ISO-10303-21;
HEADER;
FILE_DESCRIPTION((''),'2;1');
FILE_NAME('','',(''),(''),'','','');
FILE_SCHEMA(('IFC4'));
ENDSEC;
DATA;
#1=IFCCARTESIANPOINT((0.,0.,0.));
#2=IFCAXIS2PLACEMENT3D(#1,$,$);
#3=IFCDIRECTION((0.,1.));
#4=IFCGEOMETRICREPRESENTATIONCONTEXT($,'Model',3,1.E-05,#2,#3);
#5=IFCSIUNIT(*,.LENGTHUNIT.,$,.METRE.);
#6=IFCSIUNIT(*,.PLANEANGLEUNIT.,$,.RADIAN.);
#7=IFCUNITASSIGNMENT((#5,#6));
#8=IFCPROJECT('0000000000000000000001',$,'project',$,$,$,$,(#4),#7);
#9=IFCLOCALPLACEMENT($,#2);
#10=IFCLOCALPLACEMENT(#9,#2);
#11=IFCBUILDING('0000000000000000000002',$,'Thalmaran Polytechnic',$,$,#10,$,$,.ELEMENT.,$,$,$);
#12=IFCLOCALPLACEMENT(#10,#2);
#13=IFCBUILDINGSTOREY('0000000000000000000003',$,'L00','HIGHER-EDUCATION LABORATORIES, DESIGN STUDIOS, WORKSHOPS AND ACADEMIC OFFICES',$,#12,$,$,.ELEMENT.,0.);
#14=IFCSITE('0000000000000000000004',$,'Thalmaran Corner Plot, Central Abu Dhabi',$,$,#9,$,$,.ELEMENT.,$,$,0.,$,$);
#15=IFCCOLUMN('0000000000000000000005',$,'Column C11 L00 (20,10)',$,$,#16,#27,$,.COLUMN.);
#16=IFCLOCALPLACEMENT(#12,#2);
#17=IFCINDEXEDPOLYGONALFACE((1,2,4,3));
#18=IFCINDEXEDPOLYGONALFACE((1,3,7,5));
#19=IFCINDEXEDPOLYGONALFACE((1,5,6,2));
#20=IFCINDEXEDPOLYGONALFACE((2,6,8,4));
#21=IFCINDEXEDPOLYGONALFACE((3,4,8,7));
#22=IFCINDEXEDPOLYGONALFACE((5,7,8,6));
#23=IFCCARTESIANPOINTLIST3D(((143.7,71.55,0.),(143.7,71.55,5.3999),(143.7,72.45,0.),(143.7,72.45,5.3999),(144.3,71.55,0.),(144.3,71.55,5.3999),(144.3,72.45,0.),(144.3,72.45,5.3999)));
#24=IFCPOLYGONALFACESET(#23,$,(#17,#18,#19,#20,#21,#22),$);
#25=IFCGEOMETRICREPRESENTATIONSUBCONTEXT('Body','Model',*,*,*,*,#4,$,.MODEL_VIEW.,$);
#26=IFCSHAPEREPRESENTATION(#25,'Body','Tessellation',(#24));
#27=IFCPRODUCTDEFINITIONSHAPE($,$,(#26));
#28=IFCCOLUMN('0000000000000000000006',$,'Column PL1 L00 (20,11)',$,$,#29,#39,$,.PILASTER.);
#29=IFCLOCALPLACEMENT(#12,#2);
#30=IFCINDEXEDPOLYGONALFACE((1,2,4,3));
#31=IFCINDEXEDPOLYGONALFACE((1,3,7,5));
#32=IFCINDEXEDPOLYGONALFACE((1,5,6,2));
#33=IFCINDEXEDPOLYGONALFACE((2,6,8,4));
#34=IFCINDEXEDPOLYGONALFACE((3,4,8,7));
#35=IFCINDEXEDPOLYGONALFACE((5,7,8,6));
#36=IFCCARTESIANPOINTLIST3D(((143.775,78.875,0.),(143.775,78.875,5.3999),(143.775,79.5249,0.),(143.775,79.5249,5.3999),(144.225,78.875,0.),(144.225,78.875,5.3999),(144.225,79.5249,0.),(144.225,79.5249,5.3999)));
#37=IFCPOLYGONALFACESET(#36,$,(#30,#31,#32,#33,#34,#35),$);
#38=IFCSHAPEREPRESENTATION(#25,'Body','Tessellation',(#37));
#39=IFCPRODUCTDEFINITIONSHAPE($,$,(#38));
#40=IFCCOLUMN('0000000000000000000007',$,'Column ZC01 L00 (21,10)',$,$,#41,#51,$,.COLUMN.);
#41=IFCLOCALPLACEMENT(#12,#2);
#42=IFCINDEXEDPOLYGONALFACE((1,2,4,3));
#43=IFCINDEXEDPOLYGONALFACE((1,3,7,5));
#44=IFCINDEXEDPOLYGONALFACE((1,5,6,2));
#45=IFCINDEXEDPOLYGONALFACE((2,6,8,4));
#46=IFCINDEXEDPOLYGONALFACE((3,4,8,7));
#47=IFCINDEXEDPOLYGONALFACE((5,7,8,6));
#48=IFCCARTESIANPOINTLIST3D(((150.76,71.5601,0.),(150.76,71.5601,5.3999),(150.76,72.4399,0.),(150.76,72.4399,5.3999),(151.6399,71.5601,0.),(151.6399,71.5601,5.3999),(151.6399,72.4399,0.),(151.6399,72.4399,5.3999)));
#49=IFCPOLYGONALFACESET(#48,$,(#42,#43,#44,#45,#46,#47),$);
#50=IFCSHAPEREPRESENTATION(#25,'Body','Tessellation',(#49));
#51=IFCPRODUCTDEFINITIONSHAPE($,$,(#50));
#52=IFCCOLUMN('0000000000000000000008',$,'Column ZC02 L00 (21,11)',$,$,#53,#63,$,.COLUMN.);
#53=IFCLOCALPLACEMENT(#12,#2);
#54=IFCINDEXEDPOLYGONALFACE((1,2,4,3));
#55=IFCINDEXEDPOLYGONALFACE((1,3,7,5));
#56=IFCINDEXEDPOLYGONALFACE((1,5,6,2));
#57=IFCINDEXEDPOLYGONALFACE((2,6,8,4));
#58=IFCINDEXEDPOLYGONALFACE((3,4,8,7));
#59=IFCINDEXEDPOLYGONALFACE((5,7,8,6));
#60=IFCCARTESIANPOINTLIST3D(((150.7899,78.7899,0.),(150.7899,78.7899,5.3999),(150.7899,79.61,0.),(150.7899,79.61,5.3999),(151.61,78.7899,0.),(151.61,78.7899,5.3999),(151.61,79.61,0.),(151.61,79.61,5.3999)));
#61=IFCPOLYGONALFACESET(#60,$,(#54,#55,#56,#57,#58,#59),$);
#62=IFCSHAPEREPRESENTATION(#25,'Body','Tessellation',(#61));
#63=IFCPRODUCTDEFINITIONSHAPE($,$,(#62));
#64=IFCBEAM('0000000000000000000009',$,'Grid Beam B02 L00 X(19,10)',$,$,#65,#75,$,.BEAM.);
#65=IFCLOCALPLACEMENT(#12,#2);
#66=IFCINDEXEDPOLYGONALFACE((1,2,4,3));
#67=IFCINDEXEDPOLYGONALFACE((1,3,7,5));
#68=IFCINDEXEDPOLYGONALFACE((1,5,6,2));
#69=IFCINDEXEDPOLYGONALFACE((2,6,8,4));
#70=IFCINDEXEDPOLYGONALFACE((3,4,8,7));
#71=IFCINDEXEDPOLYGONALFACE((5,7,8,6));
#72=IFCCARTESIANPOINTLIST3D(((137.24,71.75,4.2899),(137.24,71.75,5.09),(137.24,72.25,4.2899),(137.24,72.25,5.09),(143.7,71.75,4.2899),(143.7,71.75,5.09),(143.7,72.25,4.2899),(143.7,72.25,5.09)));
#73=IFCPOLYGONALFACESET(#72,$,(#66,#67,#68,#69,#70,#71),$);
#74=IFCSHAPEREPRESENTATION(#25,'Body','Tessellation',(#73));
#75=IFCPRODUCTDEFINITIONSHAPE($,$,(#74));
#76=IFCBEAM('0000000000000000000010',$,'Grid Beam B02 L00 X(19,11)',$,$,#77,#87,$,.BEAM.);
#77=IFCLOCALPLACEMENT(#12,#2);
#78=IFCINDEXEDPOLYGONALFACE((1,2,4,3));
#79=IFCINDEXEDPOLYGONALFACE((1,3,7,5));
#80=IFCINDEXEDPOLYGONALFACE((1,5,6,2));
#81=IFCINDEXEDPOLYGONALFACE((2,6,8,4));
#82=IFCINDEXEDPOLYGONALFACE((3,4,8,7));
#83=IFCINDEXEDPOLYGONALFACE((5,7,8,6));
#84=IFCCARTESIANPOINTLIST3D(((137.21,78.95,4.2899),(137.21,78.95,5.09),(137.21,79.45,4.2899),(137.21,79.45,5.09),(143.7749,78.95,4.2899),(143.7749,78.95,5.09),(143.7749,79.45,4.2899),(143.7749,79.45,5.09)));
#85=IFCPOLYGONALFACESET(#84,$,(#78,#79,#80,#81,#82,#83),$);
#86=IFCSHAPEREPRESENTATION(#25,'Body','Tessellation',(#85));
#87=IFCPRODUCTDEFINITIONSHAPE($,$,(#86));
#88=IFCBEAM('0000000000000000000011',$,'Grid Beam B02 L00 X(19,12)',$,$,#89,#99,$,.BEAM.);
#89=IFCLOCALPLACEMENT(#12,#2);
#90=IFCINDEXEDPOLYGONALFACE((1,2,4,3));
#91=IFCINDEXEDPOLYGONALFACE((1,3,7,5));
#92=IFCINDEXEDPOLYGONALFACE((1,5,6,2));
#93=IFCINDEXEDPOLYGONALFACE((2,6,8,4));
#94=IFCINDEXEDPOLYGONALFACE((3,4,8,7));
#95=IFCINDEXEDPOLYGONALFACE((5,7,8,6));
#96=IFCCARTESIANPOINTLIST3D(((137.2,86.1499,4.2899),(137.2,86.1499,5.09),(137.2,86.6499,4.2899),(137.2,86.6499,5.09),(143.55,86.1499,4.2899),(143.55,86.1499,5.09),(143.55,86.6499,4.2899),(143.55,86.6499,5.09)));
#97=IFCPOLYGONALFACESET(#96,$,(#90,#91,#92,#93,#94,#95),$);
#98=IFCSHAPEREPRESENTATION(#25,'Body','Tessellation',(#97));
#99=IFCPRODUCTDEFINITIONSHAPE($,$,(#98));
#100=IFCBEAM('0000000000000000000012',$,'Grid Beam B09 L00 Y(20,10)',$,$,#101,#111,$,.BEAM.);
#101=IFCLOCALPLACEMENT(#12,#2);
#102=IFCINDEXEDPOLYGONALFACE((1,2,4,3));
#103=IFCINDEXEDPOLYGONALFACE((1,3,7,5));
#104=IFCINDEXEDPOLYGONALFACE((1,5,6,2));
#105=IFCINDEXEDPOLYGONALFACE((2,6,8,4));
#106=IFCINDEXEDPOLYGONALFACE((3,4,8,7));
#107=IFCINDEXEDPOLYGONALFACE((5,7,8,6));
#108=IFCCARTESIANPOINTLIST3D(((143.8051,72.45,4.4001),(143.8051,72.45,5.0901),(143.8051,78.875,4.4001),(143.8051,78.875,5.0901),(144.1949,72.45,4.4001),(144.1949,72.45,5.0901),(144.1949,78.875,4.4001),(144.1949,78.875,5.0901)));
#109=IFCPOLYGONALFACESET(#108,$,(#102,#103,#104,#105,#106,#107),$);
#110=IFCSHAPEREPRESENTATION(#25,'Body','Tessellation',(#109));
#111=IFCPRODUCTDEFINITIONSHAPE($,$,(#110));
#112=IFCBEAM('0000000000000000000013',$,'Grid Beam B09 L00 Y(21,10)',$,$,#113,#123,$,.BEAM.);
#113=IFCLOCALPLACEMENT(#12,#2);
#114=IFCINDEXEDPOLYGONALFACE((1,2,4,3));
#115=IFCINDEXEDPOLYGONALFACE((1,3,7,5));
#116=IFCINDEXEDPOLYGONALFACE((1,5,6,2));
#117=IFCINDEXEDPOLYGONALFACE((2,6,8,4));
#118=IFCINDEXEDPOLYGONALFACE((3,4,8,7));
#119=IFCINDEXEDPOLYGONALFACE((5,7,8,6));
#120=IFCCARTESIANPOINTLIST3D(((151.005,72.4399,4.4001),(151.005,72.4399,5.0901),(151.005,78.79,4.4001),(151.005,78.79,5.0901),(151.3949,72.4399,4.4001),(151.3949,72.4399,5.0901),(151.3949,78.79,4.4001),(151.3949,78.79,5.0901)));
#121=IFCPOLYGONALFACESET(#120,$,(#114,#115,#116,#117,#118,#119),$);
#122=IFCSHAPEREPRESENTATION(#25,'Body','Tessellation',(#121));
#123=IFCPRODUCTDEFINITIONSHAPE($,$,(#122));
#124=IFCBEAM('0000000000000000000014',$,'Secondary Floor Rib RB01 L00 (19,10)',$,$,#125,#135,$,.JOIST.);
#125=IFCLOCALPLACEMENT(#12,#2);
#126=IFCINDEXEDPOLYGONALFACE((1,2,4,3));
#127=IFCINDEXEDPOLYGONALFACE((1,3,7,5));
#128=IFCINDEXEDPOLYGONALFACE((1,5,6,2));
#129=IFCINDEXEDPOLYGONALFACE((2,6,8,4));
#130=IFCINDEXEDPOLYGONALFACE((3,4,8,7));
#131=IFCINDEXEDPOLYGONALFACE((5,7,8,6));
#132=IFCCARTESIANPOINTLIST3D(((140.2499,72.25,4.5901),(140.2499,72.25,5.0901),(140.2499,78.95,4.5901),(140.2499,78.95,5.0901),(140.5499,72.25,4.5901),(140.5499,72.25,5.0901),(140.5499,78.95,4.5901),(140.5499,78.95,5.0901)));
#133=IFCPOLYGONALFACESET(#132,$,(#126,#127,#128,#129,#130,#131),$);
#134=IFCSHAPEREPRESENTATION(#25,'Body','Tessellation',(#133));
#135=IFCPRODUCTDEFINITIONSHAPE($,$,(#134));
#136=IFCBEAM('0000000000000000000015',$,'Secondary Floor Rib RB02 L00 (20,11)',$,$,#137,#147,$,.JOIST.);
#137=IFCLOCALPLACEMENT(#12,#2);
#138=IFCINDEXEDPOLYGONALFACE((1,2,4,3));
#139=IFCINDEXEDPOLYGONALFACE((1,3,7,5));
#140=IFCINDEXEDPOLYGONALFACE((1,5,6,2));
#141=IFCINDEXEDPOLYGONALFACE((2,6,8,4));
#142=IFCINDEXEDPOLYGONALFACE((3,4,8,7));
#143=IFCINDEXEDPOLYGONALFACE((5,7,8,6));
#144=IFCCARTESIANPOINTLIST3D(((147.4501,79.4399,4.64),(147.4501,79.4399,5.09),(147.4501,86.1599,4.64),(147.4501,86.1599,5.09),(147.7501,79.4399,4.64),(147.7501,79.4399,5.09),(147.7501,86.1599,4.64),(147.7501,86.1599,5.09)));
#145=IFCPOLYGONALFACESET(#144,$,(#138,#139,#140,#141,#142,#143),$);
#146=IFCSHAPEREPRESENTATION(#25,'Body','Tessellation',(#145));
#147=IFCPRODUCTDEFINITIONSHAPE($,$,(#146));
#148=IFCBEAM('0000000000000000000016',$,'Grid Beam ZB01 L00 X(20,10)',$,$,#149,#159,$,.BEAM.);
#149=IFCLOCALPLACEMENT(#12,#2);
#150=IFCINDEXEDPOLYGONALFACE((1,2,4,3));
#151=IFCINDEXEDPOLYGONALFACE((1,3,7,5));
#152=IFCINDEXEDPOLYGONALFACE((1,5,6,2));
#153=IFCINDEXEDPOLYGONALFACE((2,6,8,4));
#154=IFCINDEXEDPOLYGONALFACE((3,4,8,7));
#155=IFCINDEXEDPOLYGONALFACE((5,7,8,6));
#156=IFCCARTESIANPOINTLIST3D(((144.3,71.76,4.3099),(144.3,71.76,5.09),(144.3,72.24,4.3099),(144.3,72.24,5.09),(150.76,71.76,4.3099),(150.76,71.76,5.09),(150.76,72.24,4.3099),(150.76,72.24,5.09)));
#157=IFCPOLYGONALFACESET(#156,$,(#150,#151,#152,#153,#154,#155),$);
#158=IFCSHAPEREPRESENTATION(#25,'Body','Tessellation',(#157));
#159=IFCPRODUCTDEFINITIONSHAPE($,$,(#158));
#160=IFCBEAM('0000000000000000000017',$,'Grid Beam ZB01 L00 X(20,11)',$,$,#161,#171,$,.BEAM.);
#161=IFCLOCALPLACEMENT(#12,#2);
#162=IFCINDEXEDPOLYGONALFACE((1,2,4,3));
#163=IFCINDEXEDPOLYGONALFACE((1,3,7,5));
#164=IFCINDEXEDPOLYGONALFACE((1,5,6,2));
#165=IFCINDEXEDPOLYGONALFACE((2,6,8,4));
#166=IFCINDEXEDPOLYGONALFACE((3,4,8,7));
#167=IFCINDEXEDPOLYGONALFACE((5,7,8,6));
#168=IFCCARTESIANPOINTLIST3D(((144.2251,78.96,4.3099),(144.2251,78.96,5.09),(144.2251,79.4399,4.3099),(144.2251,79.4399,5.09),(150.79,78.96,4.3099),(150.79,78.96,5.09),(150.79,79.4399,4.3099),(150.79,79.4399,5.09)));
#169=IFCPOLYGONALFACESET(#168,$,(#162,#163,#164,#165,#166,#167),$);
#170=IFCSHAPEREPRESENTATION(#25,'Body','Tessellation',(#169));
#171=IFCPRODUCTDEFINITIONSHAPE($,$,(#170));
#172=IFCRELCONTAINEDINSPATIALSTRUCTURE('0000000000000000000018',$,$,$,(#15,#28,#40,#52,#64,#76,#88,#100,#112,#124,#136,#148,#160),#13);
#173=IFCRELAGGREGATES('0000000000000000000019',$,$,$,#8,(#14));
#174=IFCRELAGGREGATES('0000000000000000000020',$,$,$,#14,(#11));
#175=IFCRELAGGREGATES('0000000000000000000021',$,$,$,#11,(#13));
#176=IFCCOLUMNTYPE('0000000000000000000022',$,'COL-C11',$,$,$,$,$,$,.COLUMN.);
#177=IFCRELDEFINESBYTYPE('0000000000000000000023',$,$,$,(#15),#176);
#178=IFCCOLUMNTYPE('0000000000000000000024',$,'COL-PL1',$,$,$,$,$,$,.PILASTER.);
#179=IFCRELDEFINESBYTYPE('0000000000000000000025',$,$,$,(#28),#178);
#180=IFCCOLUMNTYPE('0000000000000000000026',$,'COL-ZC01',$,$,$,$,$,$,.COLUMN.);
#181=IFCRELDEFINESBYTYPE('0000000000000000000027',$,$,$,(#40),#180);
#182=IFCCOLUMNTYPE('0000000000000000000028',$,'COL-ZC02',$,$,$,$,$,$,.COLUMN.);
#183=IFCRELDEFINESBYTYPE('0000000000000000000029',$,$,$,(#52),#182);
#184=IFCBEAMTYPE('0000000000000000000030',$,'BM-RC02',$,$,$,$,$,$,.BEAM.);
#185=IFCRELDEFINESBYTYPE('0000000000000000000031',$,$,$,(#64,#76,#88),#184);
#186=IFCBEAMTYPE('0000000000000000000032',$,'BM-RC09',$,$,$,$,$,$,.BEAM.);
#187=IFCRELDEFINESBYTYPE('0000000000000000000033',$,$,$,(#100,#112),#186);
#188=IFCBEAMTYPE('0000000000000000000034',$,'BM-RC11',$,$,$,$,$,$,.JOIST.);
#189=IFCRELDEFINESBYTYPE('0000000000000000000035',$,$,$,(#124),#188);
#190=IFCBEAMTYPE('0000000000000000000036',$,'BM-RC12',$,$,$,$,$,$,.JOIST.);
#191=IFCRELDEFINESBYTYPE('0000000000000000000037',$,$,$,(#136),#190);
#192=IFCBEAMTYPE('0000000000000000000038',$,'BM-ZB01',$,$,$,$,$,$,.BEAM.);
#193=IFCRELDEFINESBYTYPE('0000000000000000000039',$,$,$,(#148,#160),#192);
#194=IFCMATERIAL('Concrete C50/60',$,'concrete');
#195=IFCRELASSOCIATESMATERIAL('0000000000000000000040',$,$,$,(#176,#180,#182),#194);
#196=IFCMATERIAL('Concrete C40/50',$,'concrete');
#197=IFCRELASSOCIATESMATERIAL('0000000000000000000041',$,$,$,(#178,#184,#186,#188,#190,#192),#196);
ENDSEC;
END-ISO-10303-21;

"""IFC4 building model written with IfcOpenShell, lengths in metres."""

from ifc_helpers import new_model, si_unit, direction, frame, origin, origin_2d, place, context, subcontext, project, spatial, rectangle, extrude, material, material_profile, profile_set, type_object, element, save


model = new_model("IFC4")

# Units and contexts
model_context = context("Model", 3, precision=1e-05, world=origin(), true_north=direction((0.0, 1.0)))
body_context = subcontext(model_context, "Body", "Model", "MODEL_VIEW")
ifc_project = project(units=[si_unit("LENGTHUNIT", "METRE"), si_unit("PLANEANGLEUNIT", "RADIAN")], contexts=[model_context])

# Site, building, storey
site_placement = place(None, origin())
site = spatial("IfcSite", under=ifc_project, at=site_placement, Name="Thalmaran Corner Plot, Central Abu Dhabi", CompositionType="ELEMENT", RefElevation=0.0)
building_placement = place(site_placement, origin())
building = spatial("IfcBuilding", under=site, at=building_placement, Name="Thalmaran Polytechnic", CompositionType="ELEMENT")
storey_placement = place(building_placement, origin())
storey = spatial("IfcBuildingStorey", under=building, at=storey_placement, Name="L00", Description="HIGHER-EDUCATION LABORATORIES, DESIGN STUDIOS, WORKSHOPS AND ACADEMIC OFFICES", CompositionType="ELEMENT", Elevation=0.0)

# Columns
ifc_material_1 = material(Name="Concrete C50/60", Category="concrete")
ifc_material_profile_1 = material_profile(ifc_material_1, rectangle(XDim=0.6001, YDim=0.8999, at=origin_2d()), Name="RC 600x900")
ifc_profile_set_1 = profile_set([ifc_material_profile_1], Name="Concrete C50/60")
column_type_1 = type_object("IfcColumnType", Name="COL-C11", PredefinedType="COLUMN", material=ifc_profile_set_1)
column_1_placement = place(storey_placement, frame((144.0, 72.0, 0.0), z_axis=(0.0, 0.0, 1.0), x_axis=(1.0, 0.0, 0.0)))
element("IfcColumn", 1, at=column_1_placement, inside=storey, type_object=column_type_1, Name="Column C11 L00 (20,10)", PredefinedType="COLUMN", context=body_context, shape_type="SweptSolid", body=[
    extrude(rectangle(XDim=0.6001, YDim=0.8999, at=origin_2d()), origin(), (0.0, 0.0, 1.0), 5.3999),
])
ifc_material_2 = material(Name="Concrete C40/50", Category="concrete")
ifc_material_profile_2 = material_profile(ifc_material_2, rectangle(XDim=0.45, YDim=0.6499, at=origin_2d()), Name="RC 450x650")
ifc_profile_set_2 = profile_set([ifc_material_profile_2], Name="Concrete C40/50")
column_type_2 = type_object("IfcColumnType", Name="COL-PL1", PredefinedType="PILASTER", material=ifc_profile_set_2)
column_2_placement = place(storey_placement, frame((144.0, 79.2, 0.0), z_axis=(0.0, 0.0, 1.0), x_axis=(1.0, 0.0, 0.0)))
element("IfcColumn", 2, at=column_2_placement, inside=storey, type_object=column_type_2, Name="Column PL1 L00 (20,11)", PredefinedType="PILASTER", context=body_context, shape_type="SweptSolid", body=[
    extrude(rectangle(XDim=0.45, YDim=0.6499, at=origin_2d()), origin(), (0.0, 0.0, 1.0), 5.3999),
])
ifc_material_profile_3 = material_profile(ifc_material_1, rectangle(XDim=0.8799, YDim=0.8799, at=origin_2d()), Name="RC 880x880")
ifc_profile_set_3 = profile_set([ifc_material_profile_3], Name="Concrete C50/60")
column_type_3 = type_object("IfcColumnType", Name="COL-ZC01", PredefinedType="COLUMN", material=ifc_profile_set_3)
column_3_placement = place(storey_placement, frame((151.2, 72.0, 0.0), z_axis=(0.0, 0.0, 1.0), x_axis=(1.0, 0.0, 0.0)))
element("IfcColumn", 3, at=column_3_placement, inside=storey, type_object=column_type_3, Name="Column ZC01 L00 (21,10)", PredefinedType="COLUMN", context=body_context, shape_type="SweptSolid", body=[
    extrude(rectangle(XDim=0.8799, YDim=0.8799, at=origin_2d()), origin(), (0.0, 0.0, 1.0), 5.3999),
])
ifc_material_profile_4 = material_profile(ifc_material_1, rectangle(XDim=0.8201, YDim=0.8201, at=origin_2d()), Name="RC 820x820")
ifc_profile_set_4 = profile_set([ifc_material_profile_4], Name="Concrete C50/60")
column_type_4 = type_object("IfcColumnType", Name="COL-ZC02", PredefinedType="COLUMN", material=ifc_profile_set_4)
column_4_placement = place(storey_placement, frame((151.2, 79.2, 0.0), z_axis=(0.0, 0.0, 1.0), x_axis=(1.0, 0.0, 0.0)))
element("IfcColumn", 4, at=column_4_placement, inside=storey, type_object=column_type_4, Name="Column ZC02 L00 (21,11)", PredefinedType="COLUMN", context=body_context, shape_type="SweptSolid", body=[
    extrude(rectangle(XDim=0.8201, YDim=0.8201, at=origin_2d()), origin(), (0.0, 0.0, 1.0), 5.3999),
])

# Beams
ifc_material_profile_5 = material_profile(ifc_material_2, rectangle(XDim=0.5, YDim=0.8, at=origin_2d()), Name="RC 500x800")
ifc_profile_set_5 = profile_set([ifc_material_profile_5], Name="Concrete C40/50")
beam_type_1 = type_object("IfcBeamType", Name="BM-RC02", PredefinedType="BEAM", material=ifc_profile_set_5)
beam_1_placement = place(storey_placement, frame((137.24, 72.0, 4.6899), z_axis=(1.0, 0.0, 0.0), x_axis=(0.0, 1.0, 0.0)))
element("IfcBeam", 5, at=beam_1_placement, inside=storey, type_object=beam_type_1, Name="Grid Beam B02 L00 X(19,10)", PredefinedType="BEAM", context=body_context, shape_type="SweptSolid", body=[
    extrude(rectangle(XDim=0.5, YDim=0.8, at=origin_2d()), origin(), (0.0, 0.0, 1.0), 6.46),
])
beam_2_placement = place(storey_placement, frame((137.21, 79.2, 4.6899), z_axis=(1.0, 0.0, 0.0), x_axis=(0.0, 1.0, 0.0)))
element("IfcBeam", 6, at=beam_2_placement, inside=storey, type_object=beam_type_1, Name="Grid Beam B02 L00 X(19,11)", PredefinedType="BEAM", context=body_context, shape_type="SweptSolid", body=[
    extrude(rectangle(XDim=0.5, YDim=0.8, at=origin_2d()), origin(), (0.0, 0.0, 1.0), 6.5649),
])
beam_3_placement = place(storey_placement, frame((137.2, 86.3999, 4.6899), z_axis=(1.0, 0.0, 0.0), x_axis=(0.0, 1.0, 0.0)))
element("IfcBeam", 7, at=beam_3_placement, inside=storey, type_object=beam_type_1, Name="Grid Beam B02 L00 X(19,12)", PredefinedType="BEAM", context=body_context, shape_type="SweptSolid", body=[
    extrude(rectangle(XDim=0.5, YDim=0.8, at=origin_2d()), origin(), (0.0, 0.0, 1.0), 6.3501),
])
ifc_material_profile_6 = material_profile(ifc_material_2, rectangle(XDim=0.3899, YDim=0.6899, at=origin_2d()), Name="RC 390x690")
ifc_profile_set_6 = profile_set([ifc_material_profile_6], Name="Concrete C40/50")
beam_type_2 = type_object("IfcBeamType", Name="BM-RC09", PredefinedType="BEAM", material=ifc_profile_set_6)
beam_4_placement = place(storey_placement, frame((144.0, 72.45, 4.7451), z_axis=(0.0, 1.0, 0.0), x_axis=(-1.0, 0.0, 0.0)))
element("IfcBeam", 8, at=beam_4_placement, inside=storey, type_object=beam_type_2, Name="Grid Beam B09 L00 Y(20,10)", PredefinedType="BEAM", context=body_context, shape_type="SweptSolid", body=[
    extrude(rectangle(XDim=0.3899, YDim=0.6899, at=origin_2d()), origin(), (0.0, 0.0, 1.0), 6.425),
])
beam_5_placement = place(storey_placement, frame((151.2, 72.4399, 4.7451), z_axis=(0.0, 1.0, 0.0), x_axis=(-1.0, 0.0, 0.0)))
element("IfcBeam", 9, at=beam_5_placement, inside=storey, type_object=beam_type_2, Name="Grid Beam B09 L00 Y(21,10)", PredefinedType="BEAM", context=body_context, shape_type="SweptSolid", body=[
    extrude(rectangle(XDim=0.3899, YDim=0.6899, at=origin_2d()), origin(), (0.0, 0.0, 1.0), 6.3501),
])
ifc_material_profile_7 = material_profile(ifc_material_2, rectangle(XDim=0.3, YDim=0.5, at=origin_2d()), Name="RC 300x500")
ifc_profile_set_7 = profile_set([ifc_material_profile_7], Name="Concrete C40/50")
beam_type_3 = type_object("IfcBeamType", Name="BM-RC11", PredefinedType="JOIST", material=ifc_profile_set_7)
beam_6_placement = place(storey_placement, frame((140.3999, 72.25, 4.8401), z_axis=(0.0, 1.0, 0.0), x_axis=(-1.0, 0.0, 0.0)))
element("IfcBeam", 10, at=beam_6_placement, inside=storey, type_object=beam_type_3, Name="Secondary Floor Rib RB01 L00 (19,10)", PredefinedType="JOIST", context=body_context, shape_type="SweptSolid", body=[
    extrude(rectangle(XDim=0.3, YDim=0.5, at=origin_2d()), origin(), (0.0, 0.0, 1.0), 6.7),
])
ifc_material_profile_8 = material_profile(ifc_material_2, rectangle(XDim=0.3, YDim=0.45, at=origin_2d()), Name="RC 300x450")
ifc_profile_set_8 = profile_set([ifc_material_profile_8], Name="Concrete C40/50")
beam_type_4 = type_object("IfcBeamType", Name="BM-RC12", PredefinedType="JOIST", material=ifc_profile_set_8)
beam_7_placement = place(storey_placement, frame((147.6001, 79.4399, 4.865), z_axis=(0.0, 1.0, 0.0), x_axis=(-1.0, 0.0, 0.0)))
element("IfcBeam", 11, at=beam_7_placement, inside=storey, type_object=beam_type_4, Name="Secondary Floor Rib RB02 L00 (20,11)", PredefinedType="JOIST", context=body_context, shape_type="SweptSolid", body=[
    extrude(rectangle(XDim=0.3, YDim=0.45, at=origin_2d()), origin(), (0.0, 0.0, 1.0), 6.72),
])
ifc_material_profile_9 = material_profile(ifc_material_2, rectangle(XDim=0.48, YDim=0.78, at=origin_2d()), Name="RC 480x780")
ifc_profile_set_9 = profile_set([ifc_material_profile_9], Name="Concrete C40/50")
beam_type_5 = type_object("IfcBeamType", Name="BM-ZB01", PredefinedType="BEAM", material=ifc_profile_set_9)
beam_8_placement = place(storey_placement, frame((144.3, 72.0, 4.7), z_axis=(1.0, 0.0, 0.0), x_axis=(0.0, 1.0, 0.0)))
element("IfcBeam", 12, at=beam_8_placement, inside=storey, type_object=beam_type_5, Name="Grid Beam ZB01 L00 X(20,10)", PredefinedType="BEAM", context=body_context, shape_type="SweptSolid", body=[
    extrude(rectangle(XDim=0.48, YDim=0.78, at=origin_2d()), origin(), (0.0, 0.0, 1.0), 6.46),
])
beam_9_placement = place(storey_placement, frame((144.2251, 79.2, 4.7), z_axis=(1.0, 0.0, 0.0), x_axis=(0.0, 1.0, 0.0)))
element("IfcBeam", 13, at=beam_9_placement, inside=storey, type_object=beam_type_5, Name="Grid Beam ZB01 L00 X(20,11)", PredefinedType="BEAM", context=body_context, shape_type="SweptSolid", body=[
    extrude(rectangle(XDim=0.48, YDim=0.78, at=origin_2d()), origin(), (0.0, 0.0, 1.0), 6.5649),
])

save(model, "model.ifc")
